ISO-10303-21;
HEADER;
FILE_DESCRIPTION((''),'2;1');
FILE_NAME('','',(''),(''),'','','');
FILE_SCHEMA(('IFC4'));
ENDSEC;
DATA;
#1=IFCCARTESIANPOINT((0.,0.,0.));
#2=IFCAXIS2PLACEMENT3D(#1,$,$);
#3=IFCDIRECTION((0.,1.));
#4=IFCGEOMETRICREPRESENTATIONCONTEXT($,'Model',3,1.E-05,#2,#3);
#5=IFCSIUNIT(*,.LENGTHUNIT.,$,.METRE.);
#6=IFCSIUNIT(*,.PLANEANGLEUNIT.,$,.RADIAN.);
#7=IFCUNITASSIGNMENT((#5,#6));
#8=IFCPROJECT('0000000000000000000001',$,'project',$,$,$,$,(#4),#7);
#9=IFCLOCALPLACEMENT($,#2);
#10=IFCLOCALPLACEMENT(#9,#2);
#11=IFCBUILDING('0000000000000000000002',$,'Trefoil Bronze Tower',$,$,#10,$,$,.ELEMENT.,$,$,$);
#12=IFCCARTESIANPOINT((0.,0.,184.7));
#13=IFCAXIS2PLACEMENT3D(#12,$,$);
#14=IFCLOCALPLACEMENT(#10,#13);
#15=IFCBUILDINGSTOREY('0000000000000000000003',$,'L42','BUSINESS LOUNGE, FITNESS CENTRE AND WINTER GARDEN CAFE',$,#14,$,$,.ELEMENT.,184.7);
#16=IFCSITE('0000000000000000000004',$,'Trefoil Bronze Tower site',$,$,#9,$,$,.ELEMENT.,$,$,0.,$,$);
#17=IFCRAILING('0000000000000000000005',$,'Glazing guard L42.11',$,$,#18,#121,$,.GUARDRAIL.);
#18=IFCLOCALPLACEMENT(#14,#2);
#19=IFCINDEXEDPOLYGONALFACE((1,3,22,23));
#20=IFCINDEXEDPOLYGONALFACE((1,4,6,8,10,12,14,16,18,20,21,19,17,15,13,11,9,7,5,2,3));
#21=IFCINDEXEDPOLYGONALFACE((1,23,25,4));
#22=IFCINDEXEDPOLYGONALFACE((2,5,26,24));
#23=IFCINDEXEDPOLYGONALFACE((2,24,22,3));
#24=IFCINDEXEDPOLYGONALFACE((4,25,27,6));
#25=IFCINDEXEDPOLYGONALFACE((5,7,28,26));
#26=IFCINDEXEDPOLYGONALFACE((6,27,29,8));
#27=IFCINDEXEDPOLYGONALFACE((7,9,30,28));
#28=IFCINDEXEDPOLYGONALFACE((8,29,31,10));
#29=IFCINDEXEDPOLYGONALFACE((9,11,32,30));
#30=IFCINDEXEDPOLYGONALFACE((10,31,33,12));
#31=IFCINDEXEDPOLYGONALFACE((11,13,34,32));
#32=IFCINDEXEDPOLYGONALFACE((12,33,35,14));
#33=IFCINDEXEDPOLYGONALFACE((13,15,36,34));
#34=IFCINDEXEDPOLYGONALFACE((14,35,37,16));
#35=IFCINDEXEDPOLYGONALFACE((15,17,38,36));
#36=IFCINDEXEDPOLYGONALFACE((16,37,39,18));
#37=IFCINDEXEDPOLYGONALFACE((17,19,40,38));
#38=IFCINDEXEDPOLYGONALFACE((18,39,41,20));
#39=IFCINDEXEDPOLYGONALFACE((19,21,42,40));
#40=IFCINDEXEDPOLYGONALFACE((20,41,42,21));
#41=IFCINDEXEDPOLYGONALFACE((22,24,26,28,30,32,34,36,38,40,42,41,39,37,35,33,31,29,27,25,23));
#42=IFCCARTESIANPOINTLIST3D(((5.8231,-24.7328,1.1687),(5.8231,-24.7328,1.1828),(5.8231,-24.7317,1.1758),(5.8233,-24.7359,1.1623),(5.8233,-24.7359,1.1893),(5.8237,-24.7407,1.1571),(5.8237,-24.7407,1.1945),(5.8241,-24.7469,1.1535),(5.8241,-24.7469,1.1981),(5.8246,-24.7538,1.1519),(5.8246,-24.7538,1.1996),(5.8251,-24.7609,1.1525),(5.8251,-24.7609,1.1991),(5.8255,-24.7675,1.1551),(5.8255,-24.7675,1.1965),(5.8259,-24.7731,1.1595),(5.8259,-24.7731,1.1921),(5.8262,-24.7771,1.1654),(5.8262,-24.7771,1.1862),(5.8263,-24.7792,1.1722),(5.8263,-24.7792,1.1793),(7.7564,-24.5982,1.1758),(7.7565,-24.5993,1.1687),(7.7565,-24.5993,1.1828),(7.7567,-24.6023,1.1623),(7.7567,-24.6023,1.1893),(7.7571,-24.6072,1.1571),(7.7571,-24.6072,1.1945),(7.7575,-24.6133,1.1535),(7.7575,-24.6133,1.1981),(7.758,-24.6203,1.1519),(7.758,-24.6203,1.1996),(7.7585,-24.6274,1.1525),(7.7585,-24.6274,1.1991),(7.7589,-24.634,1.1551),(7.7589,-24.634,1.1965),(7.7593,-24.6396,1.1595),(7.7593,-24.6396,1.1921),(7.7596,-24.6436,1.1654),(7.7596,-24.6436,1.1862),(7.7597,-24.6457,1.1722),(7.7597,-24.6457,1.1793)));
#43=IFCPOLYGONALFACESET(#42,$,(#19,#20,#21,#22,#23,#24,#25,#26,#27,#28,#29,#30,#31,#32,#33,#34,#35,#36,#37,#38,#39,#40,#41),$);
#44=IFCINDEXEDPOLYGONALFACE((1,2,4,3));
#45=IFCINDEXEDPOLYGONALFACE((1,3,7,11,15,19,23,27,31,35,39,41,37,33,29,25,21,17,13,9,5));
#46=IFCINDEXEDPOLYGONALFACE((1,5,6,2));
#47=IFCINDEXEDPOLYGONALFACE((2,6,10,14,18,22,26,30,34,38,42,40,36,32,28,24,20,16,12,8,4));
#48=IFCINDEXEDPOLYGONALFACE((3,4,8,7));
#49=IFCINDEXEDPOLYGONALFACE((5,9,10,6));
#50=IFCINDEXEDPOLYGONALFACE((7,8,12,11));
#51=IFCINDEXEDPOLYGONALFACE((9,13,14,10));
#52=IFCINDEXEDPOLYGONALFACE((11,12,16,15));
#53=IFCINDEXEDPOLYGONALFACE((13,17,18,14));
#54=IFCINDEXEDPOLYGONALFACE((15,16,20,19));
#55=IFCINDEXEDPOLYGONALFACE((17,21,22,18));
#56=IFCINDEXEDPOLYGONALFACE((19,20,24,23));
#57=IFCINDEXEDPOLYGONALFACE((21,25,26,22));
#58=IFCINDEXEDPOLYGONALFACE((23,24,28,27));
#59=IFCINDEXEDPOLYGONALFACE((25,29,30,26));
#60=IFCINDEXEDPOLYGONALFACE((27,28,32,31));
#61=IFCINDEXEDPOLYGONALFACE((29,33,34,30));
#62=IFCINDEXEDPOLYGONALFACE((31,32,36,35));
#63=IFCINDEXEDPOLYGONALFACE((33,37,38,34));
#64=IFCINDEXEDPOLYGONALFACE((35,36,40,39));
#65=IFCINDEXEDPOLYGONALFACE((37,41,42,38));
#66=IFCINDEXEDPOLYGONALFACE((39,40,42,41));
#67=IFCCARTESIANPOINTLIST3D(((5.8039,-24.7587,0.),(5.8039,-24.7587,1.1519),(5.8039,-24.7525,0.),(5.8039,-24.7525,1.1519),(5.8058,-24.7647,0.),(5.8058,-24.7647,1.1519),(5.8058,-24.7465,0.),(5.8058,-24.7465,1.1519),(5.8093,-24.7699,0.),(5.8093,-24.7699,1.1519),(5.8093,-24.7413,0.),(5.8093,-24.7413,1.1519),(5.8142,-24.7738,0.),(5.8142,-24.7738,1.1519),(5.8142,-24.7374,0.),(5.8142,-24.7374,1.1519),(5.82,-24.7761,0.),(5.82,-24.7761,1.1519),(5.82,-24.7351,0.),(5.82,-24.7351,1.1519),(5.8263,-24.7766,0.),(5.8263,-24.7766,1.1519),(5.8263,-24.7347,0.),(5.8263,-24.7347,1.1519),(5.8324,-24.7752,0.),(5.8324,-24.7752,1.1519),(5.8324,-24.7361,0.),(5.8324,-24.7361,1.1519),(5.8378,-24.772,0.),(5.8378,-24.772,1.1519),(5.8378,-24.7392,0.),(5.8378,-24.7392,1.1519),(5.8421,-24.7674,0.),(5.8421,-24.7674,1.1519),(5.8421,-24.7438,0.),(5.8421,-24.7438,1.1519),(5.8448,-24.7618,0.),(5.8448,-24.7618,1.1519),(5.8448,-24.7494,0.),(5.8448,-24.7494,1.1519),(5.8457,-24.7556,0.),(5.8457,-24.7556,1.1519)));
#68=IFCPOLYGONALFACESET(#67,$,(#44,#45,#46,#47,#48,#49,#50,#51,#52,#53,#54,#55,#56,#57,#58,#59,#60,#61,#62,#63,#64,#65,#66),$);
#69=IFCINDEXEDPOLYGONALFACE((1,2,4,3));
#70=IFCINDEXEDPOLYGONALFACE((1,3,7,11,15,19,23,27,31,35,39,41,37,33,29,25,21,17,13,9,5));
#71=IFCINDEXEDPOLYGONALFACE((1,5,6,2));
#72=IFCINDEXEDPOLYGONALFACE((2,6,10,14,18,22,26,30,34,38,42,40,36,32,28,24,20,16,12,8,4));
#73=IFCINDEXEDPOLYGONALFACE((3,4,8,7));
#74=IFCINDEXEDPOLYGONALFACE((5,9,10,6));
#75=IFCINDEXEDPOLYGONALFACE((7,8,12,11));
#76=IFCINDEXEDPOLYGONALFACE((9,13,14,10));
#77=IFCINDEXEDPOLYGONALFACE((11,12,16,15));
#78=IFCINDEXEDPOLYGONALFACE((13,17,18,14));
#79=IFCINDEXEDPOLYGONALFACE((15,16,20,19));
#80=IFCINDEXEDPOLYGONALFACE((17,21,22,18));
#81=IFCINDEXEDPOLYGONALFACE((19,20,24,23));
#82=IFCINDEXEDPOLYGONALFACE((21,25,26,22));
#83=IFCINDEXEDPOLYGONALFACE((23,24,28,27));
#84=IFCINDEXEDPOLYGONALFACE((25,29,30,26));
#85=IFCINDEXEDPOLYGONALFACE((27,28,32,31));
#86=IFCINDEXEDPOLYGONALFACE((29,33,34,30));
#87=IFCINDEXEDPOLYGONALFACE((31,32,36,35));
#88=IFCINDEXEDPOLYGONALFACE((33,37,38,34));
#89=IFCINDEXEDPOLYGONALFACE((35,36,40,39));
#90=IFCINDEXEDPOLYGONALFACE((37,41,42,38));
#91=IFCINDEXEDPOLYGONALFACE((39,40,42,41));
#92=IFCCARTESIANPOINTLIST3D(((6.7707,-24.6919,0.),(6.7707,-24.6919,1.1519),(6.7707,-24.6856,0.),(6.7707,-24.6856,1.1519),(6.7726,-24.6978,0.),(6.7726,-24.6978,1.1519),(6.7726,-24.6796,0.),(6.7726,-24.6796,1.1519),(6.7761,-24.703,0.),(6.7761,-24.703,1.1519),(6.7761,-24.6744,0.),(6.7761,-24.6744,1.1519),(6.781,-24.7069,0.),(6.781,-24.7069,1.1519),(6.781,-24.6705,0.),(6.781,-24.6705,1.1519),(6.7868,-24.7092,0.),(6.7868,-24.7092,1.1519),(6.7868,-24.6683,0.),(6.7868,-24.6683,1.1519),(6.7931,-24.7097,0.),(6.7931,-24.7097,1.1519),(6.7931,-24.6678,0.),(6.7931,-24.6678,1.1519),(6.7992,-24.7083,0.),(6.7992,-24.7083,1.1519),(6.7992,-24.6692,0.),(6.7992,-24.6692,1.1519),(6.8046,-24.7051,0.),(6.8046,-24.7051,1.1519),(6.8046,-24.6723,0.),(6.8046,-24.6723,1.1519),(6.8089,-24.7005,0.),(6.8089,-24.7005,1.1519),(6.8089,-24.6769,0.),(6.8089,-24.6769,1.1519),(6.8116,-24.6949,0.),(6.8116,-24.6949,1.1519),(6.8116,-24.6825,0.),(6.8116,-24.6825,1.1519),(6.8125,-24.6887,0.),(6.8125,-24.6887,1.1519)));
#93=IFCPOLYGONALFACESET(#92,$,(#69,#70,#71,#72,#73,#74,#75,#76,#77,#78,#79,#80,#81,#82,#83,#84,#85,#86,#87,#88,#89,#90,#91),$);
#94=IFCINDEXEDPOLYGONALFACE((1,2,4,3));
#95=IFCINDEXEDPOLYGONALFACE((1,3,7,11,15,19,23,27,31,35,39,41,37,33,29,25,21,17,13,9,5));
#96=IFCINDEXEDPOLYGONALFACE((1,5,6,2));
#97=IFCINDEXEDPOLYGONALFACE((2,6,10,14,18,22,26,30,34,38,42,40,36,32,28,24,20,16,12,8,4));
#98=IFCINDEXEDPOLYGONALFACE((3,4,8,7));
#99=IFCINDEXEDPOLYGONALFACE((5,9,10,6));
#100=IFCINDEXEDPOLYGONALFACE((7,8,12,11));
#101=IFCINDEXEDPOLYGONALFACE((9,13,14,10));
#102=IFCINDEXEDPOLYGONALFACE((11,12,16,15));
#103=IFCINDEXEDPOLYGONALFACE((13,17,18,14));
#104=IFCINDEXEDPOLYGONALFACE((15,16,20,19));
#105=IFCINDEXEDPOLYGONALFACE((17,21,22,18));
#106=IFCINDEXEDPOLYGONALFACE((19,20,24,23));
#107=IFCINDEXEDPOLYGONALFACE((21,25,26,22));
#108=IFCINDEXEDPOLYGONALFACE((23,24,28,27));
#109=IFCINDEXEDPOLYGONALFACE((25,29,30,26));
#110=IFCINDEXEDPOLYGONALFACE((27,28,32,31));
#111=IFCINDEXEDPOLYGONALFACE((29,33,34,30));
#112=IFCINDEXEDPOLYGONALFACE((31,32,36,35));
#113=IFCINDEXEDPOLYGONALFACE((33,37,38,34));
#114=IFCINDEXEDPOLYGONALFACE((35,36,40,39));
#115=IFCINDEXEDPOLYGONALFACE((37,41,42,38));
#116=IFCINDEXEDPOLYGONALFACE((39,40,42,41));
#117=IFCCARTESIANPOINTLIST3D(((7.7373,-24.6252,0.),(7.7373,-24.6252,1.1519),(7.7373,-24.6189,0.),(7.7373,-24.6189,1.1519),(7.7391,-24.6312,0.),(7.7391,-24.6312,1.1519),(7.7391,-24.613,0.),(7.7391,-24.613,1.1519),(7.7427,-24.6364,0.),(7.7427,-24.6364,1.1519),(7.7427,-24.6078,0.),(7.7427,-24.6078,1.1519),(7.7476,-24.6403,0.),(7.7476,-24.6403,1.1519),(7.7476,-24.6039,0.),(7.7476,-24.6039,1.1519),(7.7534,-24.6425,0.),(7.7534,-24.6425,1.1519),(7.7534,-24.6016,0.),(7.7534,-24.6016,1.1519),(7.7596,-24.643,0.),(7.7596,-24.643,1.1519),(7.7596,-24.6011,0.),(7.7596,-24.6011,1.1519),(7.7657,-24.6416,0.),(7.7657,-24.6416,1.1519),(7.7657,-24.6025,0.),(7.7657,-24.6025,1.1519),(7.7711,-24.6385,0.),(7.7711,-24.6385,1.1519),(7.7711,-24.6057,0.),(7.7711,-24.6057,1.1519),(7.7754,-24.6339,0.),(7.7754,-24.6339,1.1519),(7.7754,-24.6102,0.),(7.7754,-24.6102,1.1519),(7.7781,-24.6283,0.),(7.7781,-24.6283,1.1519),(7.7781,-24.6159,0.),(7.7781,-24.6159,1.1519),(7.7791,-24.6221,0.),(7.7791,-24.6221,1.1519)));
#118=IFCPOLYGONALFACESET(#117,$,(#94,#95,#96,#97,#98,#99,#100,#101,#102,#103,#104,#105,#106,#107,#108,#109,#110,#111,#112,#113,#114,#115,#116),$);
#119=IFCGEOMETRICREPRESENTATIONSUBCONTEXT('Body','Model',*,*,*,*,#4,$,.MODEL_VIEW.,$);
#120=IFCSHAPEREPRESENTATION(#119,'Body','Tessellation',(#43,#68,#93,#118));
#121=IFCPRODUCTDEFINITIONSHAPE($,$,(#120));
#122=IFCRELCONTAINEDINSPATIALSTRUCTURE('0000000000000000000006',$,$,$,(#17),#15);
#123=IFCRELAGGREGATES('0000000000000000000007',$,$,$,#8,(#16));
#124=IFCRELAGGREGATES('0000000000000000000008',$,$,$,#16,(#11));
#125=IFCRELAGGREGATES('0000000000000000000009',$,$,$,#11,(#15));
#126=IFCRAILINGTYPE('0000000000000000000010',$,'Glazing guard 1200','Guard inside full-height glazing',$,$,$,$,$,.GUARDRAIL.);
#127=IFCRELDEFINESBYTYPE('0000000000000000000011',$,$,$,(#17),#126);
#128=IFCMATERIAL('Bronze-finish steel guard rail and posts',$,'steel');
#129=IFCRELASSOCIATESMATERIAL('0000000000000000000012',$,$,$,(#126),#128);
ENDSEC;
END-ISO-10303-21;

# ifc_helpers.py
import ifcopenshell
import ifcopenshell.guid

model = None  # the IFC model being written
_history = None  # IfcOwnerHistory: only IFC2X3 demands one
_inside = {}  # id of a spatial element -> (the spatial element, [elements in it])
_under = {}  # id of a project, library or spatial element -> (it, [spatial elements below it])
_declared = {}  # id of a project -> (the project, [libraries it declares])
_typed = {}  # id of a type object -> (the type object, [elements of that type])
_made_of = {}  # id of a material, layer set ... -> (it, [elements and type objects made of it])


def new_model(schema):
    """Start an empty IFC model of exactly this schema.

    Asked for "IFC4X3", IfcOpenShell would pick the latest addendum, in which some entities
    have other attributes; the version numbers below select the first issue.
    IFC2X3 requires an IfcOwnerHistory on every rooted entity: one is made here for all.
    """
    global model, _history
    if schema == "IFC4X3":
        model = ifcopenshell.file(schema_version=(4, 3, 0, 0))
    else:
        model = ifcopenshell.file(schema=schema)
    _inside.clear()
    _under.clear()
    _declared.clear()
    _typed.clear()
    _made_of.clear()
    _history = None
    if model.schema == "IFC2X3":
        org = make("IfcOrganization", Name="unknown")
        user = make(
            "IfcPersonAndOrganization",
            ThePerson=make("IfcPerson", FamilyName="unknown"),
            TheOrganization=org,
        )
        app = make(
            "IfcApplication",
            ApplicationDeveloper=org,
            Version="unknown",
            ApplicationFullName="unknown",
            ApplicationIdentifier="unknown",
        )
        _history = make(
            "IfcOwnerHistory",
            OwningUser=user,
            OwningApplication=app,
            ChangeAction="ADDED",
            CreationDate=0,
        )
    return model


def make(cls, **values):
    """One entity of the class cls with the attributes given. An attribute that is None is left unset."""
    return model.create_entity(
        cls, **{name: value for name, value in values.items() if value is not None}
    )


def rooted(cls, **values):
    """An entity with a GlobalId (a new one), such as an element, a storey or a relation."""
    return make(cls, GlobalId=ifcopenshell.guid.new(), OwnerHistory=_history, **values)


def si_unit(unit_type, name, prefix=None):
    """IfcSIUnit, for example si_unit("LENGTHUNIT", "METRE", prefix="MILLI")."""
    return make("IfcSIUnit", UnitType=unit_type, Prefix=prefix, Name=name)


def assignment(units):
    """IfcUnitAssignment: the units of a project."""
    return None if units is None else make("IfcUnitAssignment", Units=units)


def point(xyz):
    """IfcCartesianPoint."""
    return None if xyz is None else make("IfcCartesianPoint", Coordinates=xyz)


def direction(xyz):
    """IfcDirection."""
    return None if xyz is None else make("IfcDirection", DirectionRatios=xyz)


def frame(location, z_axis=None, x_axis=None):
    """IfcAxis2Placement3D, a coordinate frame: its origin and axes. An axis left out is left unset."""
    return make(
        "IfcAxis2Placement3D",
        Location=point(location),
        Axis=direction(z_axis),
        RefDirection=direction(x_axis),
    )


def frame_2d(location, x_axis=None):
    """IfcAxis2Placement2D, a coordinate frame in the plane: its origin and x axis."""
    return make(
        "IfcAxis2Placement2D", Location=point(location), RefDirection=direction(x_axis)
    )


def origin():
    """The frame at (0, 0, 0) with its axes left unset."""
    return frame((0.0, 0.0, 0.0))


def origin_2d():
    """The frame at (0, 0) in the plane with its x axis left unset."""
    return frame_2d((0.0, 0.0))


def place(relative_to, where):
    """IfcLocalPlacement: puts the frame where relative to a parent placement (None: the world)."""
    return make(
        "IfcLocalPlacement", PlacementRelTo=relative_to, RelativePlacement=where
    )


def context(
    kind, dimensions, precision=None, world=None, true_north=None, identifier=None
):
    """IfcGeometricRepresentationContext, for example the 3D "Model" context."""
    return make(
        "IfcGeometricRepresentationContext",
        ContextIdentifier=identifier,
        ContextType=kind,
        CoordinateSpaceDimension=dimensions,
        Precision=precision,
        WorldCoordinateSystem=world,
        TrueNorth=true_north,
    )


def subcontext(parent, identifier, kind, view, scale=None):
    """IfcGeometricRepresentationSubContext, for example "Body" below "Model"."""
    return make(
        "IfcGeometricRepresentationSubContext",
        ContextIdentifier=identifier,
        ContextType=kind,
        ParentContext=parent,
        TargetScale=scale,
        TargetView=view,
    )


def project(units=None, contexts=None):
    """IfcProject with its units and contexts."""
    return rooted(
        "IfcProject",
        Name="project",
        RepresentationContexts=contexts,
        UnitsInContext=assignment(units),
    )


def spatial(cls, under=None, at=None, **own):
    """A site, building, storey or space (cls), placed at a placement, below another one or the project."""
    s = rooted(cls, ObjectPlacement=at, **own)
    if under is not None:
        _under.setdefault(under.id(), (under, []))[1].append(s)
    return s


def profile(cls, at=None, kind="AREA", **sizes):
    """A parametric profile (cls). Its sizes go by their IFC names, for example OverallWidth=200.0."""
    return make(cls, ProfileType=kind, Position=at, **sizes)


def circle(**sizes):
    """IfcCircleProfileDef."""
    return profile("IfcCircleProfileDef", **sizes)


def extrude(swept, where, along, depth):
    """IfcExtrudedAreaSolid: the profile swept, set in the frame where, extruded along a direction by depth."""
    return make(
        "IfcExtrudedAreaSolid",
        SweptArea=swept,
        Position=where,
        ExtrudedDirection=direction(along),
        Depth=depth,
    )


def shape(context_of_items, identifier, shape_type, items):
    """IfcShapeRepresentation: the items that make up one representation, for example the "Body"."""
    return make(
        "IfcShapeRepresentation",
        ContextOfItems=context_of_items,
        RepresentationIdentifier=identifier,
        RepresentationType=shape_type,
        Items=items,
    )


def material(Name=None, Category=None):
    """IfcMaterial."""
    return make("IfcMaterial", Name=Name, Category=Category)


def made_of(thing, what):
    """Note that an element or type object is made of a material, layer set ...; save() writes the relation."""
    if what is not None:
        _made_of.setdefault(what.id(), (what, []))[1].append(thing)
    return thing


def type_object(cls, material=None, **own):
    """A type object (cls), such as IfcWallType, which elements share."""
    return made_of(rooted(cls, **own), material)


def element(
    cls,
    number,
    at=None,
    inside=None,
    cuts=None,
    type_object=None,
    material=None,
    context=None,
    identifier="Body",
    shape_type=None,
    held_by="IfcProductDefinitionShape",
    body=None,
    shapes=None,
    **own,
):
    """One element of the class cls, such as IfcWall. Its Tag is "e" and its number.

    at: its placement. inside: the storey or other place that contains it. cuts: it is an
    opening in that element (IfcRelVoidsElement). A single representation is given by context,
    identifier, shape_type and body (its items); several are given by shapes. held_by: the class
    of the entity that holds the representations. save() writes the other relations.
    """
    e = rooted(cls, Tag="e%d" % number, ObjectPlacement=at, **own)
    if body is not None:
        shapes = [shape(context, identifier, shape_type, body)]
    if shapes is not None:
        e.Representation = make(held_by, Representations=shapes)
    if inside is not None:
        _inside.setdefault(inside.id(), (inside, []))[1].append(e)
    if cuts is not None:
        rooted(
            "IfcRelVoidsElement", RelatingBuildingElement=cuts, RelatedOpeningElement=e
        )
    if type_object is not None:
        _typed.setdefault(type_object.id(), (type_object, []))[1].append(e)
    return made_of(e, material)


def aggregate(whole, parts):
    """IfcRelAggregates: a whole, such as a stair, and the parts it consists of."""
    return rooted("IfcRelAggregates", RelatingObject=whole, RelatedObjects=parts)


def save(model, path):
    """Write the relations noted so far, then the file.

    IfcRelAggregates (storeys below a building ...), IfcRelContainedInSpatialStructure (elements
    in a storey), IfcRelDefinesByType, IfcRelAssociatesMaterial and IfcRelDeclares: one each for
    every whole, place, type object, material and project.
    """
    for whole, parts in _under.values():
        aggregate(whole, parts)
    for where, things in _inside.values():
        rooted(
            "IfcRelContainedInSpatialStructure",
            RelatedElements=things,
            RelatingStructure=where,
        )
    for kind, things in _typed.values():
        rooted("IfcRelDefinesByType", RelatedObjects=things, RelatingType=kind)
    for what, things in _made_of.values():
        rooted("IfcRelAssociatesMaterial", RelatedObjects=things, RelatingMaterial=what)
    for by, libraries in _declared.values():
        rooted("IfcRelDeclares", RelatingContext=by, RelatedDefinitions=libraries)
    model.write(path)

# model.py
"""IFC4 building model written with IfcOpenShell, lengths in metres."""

from ifc_helpers import new_model, si_unit, direction, frame, origin, origin_2d, place, context, subcontext, project, spatial, circle, extrude, material, type_object, element, save


model = new_model("IFC4")

# Units and contexts
model_context = context("Model", 3, precision=1e-05, world=origin(), true_north=direction((0.0, 1.0)))
body_context = subcontext(model_context, "Body", "Model", "MODEL_VIEW")
ifc_project = project(units=[si_unit("LENGTHUNIT", "METRE"), si_unit("PLANEANGLEUNIT", "RADIAN")], contexts=[model_context])

# Site, building, storey
site_placement = place(None, origin())
site = spatial("IfcSite", under=ifc_project, at=site_placement, Name="Trefoil Bronze Tower site", CompositionType="ELEMENT", RefElevation=0.0)
building_placement = place(site_placement, origin())
building = spatial("IfcBuilding", under=site, at=building_placement, Name="Trefoil Bronze Tower", CompositionType="ELEMENT")
storey_placement = place(building_placement, frame((0.0, 0.0, 184.7)))
storey = spatial("IfcBuildingStorey", under=building, at=storey_placement, Name="L42", Description="BUSINESS LOUNGE, FITNESS CENTRE AND WINTER GARDEN CAFE", CompositionType="ELEMENT", Elevation=184.7)

# Railing
ifc_material_1 = material(Name="Bronze-finish steel guard rail and posts", Category="steel")
railing_type = type_object("IfcRailingType", Name="Glazing guard 1200", Description="Guard inside full-height glazing", PredefinedType="GUARDRAIL", material=ifc_material_1)
railing_1_placement = place(storey_placement, frame((5.8247, -24.7556, 0.0)))
element("IfcRailing", 1, at=railing_1_placement, inside=storey, type_object=railing_type, Name="Glazing guard L42.11", PredefinedType="GUARDRAIL", context=body_context, shape_type="SweptSolid", body=[
    extrude(circle(Radius=0.0239, at=origin_2d()), frame((0.0, 0.0, 1.1758), z_axis=(0.997623, 0.06891, 0.0), x_axis=(-0.06891, 0.997623, 0.0)), (0.0, 0.0, 1.0), 1.938),
    extrude(circle(Radius=0.021, at=origin_2d()), origin(), (0.0, 0.0, 1.0), 1.1519),
    extrude(circle(Radius=0.021, at=origin_2d()), frame((0.9668, 0.0669, 0.0)), (0.0, 0.0, 1.0), 1.1519),
    extrude(circle(Radius=0.021, at=origin_2d()), frame((1.9333, 0.1335, 0.0)), (0.0, 0.0, 1.0), 1.1519),
])

save(model, "model.ifc")
